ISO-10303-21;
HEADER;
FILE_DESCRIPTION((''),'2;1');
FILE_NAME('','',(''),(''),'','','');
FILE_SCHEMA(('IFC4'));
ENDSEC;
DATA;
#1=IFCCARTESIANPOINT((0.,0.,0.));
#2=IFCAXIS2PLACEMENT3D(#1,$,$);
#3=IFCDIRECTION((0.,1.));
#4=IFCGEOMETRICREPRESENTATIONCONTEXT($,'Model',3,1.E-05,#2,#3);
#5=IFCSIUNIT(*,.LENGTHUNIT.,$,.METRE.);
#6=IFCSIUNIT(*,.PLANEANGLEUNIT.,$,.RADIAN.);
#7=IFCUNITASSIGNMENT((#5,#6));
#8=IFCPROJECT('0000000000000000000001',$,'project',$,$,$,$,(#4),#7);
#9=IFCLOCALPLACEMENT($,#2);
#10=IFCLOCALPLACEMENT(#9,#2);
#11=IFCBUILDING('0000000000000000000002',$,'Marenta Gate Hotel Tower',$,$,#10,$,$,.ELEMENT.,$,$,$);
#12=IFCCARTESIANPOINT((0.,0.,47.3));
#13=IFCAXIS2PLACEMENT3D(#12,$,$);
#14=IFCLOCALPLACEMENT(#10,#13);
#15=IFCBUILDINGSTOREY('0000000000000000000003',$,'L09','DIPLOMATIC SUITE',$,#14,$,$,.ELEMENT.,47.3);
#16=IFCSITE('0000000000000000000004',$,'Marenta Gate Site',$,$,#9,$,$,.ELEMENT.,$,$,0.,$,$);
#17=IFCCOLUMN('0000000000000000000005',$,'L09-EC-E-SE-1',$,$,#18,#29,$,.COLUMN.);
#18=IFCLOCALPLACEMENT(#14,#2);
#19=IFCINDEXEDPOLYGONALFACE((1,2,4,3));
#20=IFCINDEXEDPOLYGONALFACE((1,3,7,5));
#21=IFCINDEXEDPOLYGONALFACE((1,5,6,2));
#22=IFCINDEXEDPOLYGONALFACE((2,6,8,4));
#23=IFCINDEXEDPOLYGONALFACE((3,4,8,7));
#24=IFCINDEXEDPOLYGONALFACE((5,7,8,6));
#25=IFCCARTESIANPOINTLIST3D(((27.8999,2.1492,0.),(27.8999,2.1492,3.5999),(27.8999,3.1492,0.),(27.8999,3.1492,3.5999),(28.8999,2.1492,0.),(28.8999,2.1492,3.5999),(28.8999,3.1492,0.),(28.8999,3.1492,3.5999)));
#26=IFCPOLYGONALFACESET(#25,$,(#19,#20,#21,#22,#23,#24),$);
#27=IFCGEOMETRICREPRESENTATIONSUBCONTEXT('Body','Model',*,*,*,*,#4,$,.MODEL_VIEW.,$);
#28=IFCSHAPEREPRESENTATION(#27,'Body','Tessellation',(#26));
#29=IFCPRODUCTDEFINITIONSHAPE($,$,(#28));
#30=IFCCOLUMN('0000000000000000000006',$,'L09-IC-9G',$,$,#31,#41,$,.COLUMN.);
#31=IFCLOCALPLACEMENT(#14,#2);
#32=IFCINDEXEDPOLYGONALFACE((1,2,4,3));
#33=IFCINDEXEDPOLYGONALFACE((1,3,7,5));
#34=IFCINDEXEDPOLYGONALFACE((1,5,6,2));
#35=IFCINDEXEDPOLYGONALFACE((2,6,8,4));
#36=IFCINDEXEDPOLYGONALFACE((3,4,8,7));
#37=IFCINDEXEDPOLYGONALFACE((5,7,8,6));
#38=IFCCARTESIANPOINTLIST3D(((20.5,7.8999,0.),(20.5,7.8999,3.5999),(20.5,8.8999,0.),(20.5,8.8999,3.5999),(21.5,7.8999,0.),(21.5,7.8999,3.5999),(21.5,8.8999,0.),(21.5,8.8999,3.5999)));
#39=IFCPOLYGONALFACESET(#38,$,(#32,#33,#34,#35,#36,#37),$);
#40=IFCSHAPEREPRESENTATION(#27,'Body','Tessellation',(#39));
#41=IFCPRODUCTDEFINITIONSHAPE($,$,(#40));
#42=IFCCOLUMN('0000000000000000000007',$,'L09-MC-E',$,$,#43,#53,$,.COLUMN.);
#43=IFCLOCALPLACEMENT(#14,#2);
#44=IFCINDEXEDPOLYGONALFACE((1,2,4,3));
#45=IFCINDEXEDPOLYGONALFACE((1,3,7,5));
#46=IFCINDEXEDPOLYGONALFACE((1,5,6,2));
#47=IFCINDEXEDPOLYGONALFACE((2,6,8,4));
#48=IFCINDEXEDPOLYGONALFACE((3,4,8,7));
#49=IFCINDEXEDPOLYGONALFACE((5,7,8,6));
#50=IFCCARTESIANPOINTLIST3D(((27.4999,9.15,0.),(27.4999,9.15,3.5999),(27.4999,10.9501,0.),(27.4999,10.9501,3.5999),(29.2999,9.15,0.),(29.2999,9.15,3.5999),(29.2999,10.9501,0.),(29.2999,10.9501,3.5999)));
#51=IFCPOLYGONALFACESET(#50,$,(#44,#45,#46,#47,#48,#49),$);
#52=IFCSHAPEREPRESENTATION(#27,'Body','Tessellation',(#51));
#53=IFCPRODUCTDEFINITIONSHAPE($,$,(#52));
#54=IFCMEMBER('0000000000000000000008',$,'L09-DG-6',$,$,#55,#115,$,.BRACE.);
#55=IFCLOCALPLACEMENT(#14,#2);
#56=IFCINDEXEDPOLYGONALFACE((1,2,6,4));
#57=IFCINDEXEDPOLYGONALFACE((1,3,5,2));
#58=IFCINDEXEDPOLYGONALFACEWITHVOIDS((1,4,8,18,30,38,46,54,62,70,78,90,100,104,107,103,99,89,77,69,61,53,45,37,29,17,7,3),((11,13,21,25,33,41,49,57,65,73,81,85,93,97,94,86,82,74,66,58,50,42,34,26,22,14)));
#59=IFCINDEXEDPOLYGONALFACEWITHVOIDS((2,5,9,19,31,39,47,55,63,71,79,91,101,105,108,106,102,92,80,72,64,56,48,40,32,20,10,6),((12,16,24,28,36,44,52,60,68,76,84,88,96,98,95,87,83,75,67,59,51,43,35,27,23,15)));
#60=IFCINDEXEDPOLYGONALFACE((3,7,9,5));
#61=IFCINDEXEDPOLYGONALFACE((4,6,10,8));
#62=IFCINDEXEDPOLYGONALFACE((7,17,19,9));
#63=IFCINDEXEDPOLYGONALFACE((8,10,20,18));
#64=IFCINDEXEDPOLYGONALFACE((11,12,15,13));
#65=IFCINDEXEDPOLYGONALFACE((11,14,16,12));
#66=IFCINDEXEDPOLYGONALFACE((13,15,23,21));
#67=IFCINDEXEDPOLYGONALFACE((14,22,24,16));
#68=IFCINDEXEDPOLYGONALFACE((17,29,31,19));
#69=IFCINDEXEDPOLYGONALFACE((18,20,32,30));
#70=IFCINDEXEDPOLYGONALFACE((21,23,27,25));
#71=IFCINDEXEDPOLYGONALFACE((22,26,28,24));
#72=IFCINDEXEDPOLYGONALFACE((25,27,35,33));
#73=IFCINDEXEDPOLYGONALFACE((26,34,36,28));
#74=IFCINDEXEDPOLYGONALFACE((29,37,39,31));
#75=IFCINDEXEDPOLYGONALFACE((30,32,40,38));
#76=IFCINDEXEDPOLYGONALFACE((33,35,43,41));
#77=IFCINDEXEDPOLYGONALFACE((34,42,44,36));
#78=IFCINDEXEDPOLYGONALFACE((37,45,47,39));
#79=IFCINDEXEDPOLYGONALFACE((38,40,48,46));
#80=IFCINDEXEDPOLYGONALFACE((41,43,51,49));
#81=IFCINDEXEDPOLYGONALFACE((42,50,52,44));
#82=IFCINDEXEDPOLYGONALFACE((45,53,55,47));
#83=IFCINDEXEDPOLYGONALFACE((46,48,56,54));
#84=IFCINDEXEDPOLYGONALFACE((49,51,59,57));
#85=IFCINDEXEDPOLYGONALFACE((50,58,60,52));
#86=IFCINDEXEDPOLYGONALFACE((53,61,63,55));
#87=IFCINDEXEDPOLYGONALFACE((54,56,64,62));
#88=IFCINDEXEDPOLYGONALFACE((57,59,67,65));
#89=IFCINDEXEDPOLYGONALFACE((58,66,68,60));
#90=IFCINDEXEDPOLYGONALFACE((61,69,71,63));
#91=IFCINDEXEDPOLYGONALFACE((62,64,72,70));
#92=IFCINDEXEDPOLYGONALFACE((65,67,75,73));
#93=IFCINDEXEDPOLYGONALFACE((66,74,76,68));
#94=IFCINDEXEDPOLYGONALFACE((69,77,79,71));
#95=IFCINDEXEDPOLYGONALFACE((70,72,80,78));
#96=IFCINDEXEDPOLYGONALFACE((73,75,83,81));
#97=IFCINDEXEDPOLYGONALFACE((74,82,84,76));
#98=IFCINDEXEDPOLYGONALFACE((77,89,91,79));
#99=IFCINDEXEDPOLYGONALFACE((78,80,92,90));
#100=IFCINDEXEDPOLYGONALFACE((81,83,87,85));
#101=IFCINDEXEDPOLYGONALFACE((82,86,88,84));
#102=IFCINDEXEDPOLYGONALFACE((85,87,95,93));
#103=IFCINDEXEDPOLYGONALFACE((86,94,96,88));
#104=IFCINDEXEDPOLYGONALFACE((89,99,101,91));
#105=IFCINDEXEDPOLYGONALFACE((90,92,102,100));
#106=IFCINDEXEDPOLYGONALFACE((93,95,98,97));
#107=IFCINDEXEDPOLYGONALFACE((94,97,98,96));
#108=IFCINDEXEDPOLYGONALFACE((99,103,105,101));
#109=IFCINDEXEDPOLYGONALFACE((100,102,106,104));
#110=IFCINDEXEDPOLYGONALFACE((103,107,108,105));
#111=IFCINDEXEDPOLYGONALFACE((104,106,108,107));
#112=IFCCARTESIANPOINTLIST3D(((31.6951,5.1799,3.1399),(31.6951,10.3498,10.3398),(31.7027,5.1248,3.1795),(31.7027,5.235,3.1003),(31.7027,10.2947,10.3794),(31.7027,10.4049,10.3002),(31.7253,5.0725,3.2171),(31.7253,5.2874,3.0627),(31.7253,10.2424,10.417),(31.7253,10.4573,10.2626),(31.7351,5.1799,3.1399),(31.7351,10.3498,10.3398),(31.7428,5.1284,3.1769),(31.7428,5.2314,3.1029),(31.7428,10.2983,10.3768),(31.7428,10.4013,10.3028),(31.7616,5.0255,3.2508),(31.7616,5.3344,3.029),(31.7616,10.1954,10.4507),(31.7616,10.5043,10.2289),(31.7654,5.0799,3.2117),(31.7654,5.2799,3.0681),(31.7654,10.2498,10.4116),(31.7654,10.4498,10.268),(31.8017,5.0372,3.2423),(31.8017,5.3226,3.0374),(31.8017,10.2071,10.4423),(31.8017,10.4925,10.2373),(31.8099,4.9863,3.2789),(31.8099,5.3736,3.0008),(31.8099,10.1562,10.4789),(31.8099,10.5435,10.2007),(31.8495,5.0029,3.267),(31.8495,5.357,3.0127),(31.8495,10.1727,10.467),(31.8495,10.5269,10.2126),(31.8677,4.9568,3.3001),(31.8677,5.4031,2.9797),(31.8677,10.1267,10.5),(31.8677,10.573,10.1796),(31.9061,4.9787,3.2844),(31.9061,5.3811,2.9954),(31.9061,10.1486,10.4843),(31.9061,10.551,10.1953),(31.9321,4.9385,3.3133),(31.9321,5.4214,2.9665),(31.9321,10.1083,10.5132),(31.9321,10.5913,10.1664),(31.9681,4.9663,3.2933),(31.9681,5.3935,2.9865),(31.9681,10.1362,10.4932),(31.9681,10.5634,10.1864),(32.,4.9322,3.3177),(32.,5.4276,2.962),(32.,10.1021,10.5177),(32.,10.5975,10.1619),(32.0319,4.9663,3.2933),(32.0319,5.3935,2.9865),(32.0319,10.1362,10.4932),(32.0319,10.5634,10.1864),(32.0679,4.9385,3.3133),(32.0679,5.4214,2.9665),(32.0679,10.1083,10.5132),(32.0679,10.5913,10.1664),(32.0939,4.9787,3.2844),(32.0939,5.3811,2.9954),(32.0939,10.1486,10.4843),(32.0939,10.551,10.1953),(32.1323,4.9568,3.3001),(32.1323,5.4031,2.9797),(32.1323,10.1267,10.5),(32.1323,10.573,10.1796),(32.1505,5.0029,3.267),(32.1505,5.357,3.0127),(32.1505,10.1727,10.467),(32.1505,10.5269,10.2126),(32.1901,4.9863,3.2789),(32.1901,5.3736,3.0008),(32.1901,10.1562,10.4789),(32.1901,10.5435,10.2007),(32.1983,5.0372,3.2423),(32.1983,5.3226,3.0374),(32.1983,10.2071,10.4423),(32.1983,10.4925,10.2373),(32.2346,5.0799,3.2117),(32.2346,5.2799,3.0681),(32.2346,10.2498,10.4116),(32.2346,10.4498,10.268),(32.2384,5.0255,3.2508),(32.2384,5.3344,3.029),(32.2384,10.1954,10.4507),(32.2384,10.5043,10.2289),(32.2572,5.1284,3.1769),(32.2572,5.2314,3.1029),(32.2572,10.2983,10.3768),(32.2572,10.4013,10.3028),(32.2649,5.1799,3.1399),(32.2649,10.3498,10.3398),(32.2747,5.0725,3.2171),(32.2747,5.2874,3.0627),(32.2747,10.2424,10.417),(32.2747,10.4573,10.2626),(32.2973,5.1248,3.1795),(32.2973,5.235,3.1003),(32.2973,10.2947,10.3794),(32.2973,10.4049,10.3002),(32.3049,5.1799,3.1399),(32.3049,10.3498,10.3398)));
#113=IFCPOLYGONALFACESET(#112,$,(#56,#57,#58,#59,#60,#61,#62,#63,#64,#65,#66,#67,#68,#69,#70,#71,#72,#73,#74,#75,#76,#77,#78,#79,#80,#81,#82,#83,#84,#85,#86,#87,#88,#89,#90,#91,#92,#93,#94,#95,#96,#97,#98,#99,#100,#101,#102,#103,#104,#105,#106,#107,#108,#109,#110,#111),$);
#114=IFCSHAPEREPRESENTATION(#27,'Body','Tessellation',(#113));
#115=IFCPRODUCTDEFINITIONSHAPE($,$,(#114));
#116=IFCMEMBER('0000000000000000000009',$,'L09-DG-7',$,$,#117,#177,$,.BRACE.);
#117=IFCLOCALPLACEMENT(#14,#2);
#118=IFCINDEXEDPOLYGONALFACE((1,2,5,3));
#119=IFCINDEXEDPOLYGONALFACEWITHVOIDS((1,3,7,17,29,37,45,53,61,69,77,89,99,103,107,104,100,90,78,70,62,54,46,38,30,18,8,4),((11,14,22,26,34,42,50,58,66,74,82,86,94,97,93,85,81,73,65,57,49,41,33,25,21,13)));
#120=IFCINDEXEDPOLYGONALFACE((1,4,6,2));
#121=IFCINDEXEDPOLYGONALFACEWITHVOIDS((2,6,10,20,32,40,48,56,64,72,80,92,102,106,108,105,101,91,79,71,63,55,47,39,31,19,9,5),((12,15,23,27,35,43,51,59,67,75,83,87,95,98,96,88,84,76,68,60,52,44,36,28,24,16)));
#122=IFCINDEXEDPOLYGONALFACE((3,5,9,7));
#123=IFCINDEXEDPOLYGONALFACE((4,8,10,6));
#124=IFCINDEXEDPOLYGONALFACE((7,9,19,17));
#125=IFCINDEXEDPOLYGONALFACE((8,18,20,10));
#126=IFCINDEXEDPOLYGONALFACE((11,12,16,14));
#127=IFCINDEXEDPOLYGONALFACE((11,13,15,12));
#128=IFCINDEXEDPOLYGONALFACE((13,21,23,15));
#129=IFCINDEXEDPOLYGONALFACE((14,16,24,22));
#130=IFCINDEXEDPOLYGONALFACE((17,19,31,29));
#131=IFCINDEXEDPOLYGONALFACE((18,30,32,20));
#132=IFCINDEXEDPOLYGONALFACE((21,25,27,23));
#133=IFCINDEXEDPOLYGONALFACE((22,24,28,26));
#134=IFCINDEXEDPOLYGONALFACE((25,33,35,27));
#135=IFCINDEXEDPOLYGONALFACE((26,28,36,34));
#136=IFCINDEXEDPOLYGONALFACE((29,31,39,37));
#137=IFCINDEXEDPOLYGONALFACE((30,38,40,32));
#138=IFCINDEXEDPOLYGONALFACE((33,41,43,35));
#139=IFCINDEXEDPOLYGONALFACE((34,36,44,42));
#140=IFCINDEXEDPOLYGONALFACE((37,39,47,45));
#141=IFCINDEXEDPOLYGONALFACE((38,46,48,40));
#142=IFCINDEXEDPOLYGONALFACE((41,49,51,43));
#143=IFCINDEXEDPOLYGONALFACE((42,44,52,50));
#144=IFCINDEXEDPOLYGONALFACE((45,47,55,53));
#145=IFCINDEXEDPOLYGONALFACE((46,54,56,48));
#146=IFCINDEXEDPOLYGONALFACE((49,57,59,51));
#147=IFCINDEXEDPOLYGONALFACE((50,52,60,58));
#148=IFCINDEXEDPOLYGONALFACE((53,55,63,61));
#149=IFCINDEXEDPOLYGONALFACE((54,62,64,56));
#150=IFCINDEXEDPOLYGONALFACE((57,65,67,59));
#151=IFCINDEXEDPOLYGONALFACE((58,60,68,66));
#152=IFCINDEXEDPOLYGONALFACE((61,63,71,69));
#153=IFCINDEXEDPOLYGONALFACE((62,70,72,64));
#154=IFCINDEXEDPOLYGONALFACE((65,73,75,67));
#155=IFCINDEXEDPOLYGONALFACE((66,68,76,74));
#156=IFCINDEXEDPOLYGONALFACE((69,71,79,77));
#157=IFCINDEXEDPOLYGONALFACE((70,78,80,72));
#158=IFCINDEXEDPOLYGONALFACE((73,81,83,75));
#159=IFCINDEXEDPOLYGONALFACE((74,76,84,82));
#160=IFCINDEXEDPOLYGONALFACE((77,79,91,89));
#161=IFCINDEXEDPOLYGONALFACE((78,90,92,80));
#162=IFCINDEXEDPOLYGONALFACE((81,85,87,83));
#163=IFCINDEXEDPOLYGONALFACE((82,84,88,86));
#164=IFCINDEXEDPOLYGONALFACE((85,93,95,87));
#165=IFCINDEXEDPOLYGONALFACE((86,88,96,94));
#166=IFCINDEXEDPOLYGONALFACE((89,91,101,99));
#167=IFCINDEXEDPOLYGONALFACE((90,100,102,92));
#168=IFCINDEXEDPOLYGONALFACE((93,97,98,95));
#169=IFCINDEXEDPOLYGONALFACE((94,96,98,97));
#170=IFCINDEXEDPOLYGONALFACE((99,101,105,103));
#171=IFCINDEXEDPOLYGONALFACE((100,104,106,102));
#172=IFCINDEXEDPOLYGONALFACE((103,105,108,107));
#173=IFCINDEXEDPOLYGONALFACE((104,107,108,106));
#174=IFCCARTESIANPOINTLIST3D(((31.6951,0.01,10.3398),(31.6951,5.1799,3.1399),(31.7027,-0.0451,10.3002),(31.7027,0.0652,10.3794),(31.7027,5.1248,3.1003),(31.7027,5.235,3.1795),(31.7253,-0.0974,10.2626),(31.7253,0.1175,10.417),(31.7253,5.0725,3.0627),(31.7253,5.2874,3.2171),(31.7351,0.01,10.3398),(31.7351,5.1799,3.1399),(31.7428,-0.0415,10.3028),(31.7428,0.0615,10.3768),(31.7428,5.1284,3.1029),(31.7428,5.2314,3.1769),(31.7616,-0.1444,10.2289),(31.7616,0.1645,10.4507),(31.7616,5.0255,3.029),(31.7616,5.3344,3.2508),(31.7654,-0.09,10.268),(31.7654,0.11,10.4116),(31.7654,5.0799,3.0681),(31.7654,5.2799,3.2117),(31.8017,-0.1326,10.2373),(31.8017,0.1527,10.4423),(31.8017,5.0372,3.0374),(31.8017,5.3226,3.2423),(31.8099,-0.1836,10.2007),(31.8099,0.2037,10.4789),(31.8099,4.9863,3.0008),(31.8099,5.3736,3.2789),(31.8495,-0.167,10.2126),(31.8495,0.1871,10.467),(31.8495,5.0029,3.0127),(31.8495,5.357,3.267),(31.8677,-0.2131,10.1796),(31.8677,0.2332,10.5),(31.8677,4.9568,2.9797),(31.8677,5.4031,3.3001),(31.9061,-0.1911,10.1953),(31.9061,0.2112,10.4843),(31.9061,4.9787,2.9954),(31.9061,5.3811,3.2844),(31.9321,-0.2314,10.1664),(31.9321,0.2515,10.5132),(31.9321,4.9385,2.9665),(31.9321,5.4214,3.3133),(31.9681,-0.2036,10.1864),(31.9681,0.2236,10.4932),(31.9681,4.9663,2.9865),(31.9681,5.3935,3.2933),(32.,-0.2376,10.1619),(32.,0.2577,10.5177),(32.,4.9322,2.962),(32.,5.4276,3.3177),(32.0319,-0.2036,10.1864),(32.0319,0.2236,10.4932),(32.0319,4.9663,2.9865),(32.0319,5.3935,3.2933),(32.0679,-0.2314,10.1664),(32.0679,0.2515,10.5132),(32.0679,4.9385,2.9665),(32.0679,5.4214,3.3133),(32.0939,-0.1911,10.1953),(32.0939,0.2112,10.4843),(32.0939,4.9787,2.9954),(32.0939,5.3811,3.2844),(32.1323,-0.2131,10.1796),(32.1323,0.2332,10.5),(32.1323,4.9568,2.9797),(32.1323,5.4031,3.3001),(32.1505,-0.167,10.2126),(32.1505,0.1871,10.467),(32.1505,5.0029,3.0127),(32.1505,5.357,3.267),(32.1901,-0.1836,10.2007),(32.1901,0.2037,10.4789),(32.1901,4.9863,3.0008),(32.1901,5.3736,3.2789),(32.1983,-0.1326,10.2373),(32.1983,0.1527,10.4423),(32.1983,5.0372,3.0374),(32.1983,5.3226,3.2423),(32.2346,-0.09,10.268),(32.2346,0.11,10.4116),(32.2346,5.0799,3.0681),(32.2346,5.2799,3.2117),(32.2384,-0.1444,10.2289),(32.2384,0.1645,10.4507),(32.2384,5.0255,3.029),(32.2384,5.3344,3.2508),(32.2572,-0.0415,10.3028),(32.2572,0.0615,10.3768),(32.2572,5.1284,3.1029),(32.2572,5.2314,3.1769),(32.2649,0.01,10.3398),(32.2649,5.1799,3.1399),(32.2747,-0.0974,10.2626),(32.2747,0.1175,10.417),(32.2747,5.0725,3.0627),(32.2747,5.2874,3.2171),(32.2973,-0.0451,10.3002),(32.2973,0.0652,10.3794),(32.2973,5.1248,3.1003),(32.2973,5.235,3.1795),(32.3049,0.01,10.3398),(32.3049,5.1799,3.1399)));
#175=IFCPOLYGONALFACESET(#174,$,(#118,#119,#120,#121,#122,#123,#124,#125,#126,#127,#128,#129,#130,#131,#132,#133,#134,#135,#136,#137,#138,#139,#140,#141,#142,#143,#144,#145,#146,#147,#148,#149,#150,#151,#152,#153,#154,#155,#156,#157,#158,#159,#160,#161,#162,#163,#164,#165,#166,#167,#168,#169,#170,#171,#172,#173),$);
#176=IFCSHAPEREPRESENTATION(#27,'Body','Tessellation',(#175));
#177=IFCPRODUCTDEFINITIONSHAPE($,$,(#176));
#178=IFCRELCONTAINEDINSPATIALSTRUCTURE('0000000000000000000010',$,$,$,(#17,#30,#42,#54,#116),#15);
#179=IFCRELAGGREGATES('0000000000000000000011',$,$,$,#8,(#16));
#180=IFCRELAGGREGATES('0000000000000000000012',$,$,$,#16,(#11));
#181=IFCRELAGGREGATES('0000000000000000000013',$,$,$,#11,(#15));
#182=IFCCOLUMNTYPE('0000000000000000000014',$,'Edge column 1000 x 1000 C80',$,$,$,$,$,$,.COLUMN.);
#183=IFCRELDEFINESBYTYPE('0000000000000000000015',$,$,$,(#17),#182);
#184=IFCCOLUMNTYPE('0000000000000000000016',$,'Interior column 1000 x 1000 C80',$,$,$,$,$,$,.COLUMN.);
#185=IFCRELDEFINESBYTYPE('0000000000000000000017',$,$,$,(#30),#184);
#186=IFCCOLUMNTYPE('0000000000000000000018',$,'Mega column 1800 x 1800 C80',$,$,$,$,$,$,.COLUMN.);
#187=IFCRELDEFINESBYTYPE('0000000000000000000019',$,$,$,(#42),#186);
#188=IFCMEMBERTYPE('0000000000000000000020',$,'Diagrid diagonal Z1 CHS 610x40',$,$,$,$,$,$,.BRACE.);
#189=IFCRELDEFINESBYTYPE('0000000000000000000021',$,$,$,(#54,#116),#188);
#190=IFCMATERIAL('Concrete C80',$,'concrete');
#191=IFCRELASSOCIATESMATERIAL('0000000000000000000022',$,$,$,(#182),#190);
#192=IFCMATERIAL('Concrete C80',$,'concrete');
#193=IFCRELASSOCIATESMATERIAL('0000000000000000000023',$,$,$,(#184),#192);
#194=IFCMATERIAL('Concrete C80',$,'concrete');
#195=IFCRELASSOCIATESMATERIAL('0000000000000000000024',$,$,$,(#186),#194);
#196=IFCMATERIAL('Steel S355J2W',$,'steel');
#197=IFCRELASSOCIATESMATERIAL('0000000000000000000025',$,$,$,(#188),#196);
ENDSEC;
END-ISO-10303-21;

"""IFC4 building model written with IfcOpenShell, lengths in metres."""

from ifc_helpers import new_model, si_unit, direction, frame, origin, origin_2d, place, context, subcontext, project, spatial, rectangle, hollow_circle, extrude, material, material_profile, profile_set, type_object, element, save


model = new_model("IFC4")

# Units and contexts
model_context = context("Model", 3, precision=1e-05, world=origin(), true_north=direction((0.0, 1.0)))
body_context = subcontext(model_context, "Body", "Model", "MODEL_VIEW")
ifc_project = project(units=[si_unit("LENGTHUNIT", "METRE"), si_unit("PLANEANGLEUNIT", "RADIAN")], contexts=[model_context])

# Site, building, storey
site_placement = place(None, origin())
site = spatial("IfcSite", under=ifc_project, at=site_placement, Name="Marenta Gate Site", CompositionType="ELEMENT", RefElevation=0.0)
building_placement = place(site_placement, origin())
building = spatial("IfcBuilding", under=site, at=building_placement, Name="Marenta Gate Hotel Tower", CompositionType="ELEMENT")
storey_placement = place(building_placement, frame((0.0, 0.0, 47.3)))
storey = spatial("IfcBuildingStorey", under=building, at=storey_placement, Name="L09", Description="DIPLOMATIC SUITE", CompositionType="ELEMENT", Elevation=47.3)

# Columns
ifc_material_1 = material(Name="Concrete C80", Category="concrete")
ifc_material_profile_1 = material_profile(ifc_material_1, rectangle(XDim=1.0, YDim=1.0, at=origin_2d()), Name="1000 x 1000")
ifc_profile_set_1 = profile_set([ifc_material_profile_1], Name="Concrete C80")
column_type_1 = type_object("IfcColumnType", Name="Edge column 1000 x 1000 C80", PredefinedType="COLUMN", material=ifc_profile_set_1)
column_1_placement = place(storey_placement, frame((28.3999, 2.6492, 0.0), z_axis=(0.0, 0.0, 1.0), x_axis=(1.0, 0.0, 0.0)))
element("IfcColumn", 1, at=column_1_placement, inside=storey, type_object=column_type_1, Name="L09-EC-E-SE-1", PredefinedType="COLUMN", context=body_context, shape_type="SweptSolid", body=[
    extrude(rectangle(XDim=1.0, YDim=1.0, at=origin_2d()), origin(), (0.0, 0.0, 1.0), 3.5999),
])
ifc_material_2 = material(Name="Concrete C80", Category="concrete")
ifc_material_profile_2 = material_profile(ifc_material_2, rectangle(XDim=1.0, YDim=1.0, at=origin_2d()), Name="1000 x 1000")
ifc_profile_set_2 = profile_set([ifc_material_profile_2], Name="Concrete C80")
column_type_2 = type_object("IfcColumnType", Name="Interior column 1000 x 1000 C80", PredefinedType="COLUMN", material=ifc_profile_set_2)
column_2_placement = place(storey_placement, frame((21.0, 8.3999, 0.0), z_axis=(0.0, 0.0, 1.0), x_axis=(1.0, 0.0, 0.0)))
element("IfcColumn", 2, at=column_2_placement, inside=storey, type_object=column_type_2, Name="L09-IC-9G", PredefinedType="COLUMN", context=body_context, shape_type="SweptSolid", body=[
    extrude(rectangle(XDim=1.0, YDim=1.0, at=origin_2d()), origin(), (0.0, 0.0, 1.0), 3.5999),
])
ifc_material_3 = material(Name="Concrete C80", Category="concrete")
ifc_material_profile_3 = material_profile(ifc_material_3, rectangle(XDim=1.8, YDim=1.8, at=origin_2d()), Name="1800 x 1800")
ifc_profile_set_3 = profile_set([ifc_material_profile_3], Name="Concrete C80")
column_type_3 = type_object("IfcColumnType", Name="Mega column 1800 x 1800 C80", PredefinedType="COLUMN", material=ifc_profile_set_3)
column_3_placement = place(storey_placement, frame((28.3999, 10.05, 0.0), z_axis=(0.0, 0.0, 1.0), x_axis=(1.0, 0.0, 0.0)))
element("IfcColumn", 3, at=column_3_placement, inside=storey, type_object=column_type_3, Name="L09-MC-E", PredefinedType="COLUMN", context=body_context, shape_type="SweptSolid", body=[
    extrude(rectangle(XDim=1.8, YDim=1.8, at=origin_2d()), origin(), (0.0, 0.0, 1.0), 3.5999),
])

# Members
ifc_material_4 = material(Name="Steel S355J2W", Category="steel")
ifc_material_profile_4 = material_profile(ifc_material_4, hollow_circle(Radius=0.3049, WallThickness=0.04, at=origin_2d()), Name="CHS 610x40")
ifc_profile_set_4 = profile_set([ifc_material_profile_4], Name="Steel S355J2W")
member_type_1 = type_object("IfcMemberType", Name="Diagrid diagonal Z1 CHS 610x40", PredefinedType="BRACE", material=ifc_profile_set_4)
for number, where, z_axis, x_axis, name in (
    (4, (32.0, 5.1799, 3.1399), (0.0, 0.583261, 0.812285), (-1.0, 0.0, 0.0), "L09-DG-6"),
    (5, (32.0, 5.1799, 3.1399), (0.0, -0.583261, 0.812285), (1.0, 0.0, 0.0), "L09-DG-7"),
):
    element("IfcMember", number, at=place(storey_placement, frame(where, z_axis=z_axis, x_axis=x_axis)), inside=storey, type_object=member_type_1, Name=name, PredefinedType="BRACE", context=body_context, shape_type="SweptSolid", body=[
        extrude(hollow_circle(Radius=0.3049, WallThickness=0.04, at=origin_2d()), origin(), (0.0, 0.0, 1.0), 8.8638),
    ])

save(model, "model.ifc")
